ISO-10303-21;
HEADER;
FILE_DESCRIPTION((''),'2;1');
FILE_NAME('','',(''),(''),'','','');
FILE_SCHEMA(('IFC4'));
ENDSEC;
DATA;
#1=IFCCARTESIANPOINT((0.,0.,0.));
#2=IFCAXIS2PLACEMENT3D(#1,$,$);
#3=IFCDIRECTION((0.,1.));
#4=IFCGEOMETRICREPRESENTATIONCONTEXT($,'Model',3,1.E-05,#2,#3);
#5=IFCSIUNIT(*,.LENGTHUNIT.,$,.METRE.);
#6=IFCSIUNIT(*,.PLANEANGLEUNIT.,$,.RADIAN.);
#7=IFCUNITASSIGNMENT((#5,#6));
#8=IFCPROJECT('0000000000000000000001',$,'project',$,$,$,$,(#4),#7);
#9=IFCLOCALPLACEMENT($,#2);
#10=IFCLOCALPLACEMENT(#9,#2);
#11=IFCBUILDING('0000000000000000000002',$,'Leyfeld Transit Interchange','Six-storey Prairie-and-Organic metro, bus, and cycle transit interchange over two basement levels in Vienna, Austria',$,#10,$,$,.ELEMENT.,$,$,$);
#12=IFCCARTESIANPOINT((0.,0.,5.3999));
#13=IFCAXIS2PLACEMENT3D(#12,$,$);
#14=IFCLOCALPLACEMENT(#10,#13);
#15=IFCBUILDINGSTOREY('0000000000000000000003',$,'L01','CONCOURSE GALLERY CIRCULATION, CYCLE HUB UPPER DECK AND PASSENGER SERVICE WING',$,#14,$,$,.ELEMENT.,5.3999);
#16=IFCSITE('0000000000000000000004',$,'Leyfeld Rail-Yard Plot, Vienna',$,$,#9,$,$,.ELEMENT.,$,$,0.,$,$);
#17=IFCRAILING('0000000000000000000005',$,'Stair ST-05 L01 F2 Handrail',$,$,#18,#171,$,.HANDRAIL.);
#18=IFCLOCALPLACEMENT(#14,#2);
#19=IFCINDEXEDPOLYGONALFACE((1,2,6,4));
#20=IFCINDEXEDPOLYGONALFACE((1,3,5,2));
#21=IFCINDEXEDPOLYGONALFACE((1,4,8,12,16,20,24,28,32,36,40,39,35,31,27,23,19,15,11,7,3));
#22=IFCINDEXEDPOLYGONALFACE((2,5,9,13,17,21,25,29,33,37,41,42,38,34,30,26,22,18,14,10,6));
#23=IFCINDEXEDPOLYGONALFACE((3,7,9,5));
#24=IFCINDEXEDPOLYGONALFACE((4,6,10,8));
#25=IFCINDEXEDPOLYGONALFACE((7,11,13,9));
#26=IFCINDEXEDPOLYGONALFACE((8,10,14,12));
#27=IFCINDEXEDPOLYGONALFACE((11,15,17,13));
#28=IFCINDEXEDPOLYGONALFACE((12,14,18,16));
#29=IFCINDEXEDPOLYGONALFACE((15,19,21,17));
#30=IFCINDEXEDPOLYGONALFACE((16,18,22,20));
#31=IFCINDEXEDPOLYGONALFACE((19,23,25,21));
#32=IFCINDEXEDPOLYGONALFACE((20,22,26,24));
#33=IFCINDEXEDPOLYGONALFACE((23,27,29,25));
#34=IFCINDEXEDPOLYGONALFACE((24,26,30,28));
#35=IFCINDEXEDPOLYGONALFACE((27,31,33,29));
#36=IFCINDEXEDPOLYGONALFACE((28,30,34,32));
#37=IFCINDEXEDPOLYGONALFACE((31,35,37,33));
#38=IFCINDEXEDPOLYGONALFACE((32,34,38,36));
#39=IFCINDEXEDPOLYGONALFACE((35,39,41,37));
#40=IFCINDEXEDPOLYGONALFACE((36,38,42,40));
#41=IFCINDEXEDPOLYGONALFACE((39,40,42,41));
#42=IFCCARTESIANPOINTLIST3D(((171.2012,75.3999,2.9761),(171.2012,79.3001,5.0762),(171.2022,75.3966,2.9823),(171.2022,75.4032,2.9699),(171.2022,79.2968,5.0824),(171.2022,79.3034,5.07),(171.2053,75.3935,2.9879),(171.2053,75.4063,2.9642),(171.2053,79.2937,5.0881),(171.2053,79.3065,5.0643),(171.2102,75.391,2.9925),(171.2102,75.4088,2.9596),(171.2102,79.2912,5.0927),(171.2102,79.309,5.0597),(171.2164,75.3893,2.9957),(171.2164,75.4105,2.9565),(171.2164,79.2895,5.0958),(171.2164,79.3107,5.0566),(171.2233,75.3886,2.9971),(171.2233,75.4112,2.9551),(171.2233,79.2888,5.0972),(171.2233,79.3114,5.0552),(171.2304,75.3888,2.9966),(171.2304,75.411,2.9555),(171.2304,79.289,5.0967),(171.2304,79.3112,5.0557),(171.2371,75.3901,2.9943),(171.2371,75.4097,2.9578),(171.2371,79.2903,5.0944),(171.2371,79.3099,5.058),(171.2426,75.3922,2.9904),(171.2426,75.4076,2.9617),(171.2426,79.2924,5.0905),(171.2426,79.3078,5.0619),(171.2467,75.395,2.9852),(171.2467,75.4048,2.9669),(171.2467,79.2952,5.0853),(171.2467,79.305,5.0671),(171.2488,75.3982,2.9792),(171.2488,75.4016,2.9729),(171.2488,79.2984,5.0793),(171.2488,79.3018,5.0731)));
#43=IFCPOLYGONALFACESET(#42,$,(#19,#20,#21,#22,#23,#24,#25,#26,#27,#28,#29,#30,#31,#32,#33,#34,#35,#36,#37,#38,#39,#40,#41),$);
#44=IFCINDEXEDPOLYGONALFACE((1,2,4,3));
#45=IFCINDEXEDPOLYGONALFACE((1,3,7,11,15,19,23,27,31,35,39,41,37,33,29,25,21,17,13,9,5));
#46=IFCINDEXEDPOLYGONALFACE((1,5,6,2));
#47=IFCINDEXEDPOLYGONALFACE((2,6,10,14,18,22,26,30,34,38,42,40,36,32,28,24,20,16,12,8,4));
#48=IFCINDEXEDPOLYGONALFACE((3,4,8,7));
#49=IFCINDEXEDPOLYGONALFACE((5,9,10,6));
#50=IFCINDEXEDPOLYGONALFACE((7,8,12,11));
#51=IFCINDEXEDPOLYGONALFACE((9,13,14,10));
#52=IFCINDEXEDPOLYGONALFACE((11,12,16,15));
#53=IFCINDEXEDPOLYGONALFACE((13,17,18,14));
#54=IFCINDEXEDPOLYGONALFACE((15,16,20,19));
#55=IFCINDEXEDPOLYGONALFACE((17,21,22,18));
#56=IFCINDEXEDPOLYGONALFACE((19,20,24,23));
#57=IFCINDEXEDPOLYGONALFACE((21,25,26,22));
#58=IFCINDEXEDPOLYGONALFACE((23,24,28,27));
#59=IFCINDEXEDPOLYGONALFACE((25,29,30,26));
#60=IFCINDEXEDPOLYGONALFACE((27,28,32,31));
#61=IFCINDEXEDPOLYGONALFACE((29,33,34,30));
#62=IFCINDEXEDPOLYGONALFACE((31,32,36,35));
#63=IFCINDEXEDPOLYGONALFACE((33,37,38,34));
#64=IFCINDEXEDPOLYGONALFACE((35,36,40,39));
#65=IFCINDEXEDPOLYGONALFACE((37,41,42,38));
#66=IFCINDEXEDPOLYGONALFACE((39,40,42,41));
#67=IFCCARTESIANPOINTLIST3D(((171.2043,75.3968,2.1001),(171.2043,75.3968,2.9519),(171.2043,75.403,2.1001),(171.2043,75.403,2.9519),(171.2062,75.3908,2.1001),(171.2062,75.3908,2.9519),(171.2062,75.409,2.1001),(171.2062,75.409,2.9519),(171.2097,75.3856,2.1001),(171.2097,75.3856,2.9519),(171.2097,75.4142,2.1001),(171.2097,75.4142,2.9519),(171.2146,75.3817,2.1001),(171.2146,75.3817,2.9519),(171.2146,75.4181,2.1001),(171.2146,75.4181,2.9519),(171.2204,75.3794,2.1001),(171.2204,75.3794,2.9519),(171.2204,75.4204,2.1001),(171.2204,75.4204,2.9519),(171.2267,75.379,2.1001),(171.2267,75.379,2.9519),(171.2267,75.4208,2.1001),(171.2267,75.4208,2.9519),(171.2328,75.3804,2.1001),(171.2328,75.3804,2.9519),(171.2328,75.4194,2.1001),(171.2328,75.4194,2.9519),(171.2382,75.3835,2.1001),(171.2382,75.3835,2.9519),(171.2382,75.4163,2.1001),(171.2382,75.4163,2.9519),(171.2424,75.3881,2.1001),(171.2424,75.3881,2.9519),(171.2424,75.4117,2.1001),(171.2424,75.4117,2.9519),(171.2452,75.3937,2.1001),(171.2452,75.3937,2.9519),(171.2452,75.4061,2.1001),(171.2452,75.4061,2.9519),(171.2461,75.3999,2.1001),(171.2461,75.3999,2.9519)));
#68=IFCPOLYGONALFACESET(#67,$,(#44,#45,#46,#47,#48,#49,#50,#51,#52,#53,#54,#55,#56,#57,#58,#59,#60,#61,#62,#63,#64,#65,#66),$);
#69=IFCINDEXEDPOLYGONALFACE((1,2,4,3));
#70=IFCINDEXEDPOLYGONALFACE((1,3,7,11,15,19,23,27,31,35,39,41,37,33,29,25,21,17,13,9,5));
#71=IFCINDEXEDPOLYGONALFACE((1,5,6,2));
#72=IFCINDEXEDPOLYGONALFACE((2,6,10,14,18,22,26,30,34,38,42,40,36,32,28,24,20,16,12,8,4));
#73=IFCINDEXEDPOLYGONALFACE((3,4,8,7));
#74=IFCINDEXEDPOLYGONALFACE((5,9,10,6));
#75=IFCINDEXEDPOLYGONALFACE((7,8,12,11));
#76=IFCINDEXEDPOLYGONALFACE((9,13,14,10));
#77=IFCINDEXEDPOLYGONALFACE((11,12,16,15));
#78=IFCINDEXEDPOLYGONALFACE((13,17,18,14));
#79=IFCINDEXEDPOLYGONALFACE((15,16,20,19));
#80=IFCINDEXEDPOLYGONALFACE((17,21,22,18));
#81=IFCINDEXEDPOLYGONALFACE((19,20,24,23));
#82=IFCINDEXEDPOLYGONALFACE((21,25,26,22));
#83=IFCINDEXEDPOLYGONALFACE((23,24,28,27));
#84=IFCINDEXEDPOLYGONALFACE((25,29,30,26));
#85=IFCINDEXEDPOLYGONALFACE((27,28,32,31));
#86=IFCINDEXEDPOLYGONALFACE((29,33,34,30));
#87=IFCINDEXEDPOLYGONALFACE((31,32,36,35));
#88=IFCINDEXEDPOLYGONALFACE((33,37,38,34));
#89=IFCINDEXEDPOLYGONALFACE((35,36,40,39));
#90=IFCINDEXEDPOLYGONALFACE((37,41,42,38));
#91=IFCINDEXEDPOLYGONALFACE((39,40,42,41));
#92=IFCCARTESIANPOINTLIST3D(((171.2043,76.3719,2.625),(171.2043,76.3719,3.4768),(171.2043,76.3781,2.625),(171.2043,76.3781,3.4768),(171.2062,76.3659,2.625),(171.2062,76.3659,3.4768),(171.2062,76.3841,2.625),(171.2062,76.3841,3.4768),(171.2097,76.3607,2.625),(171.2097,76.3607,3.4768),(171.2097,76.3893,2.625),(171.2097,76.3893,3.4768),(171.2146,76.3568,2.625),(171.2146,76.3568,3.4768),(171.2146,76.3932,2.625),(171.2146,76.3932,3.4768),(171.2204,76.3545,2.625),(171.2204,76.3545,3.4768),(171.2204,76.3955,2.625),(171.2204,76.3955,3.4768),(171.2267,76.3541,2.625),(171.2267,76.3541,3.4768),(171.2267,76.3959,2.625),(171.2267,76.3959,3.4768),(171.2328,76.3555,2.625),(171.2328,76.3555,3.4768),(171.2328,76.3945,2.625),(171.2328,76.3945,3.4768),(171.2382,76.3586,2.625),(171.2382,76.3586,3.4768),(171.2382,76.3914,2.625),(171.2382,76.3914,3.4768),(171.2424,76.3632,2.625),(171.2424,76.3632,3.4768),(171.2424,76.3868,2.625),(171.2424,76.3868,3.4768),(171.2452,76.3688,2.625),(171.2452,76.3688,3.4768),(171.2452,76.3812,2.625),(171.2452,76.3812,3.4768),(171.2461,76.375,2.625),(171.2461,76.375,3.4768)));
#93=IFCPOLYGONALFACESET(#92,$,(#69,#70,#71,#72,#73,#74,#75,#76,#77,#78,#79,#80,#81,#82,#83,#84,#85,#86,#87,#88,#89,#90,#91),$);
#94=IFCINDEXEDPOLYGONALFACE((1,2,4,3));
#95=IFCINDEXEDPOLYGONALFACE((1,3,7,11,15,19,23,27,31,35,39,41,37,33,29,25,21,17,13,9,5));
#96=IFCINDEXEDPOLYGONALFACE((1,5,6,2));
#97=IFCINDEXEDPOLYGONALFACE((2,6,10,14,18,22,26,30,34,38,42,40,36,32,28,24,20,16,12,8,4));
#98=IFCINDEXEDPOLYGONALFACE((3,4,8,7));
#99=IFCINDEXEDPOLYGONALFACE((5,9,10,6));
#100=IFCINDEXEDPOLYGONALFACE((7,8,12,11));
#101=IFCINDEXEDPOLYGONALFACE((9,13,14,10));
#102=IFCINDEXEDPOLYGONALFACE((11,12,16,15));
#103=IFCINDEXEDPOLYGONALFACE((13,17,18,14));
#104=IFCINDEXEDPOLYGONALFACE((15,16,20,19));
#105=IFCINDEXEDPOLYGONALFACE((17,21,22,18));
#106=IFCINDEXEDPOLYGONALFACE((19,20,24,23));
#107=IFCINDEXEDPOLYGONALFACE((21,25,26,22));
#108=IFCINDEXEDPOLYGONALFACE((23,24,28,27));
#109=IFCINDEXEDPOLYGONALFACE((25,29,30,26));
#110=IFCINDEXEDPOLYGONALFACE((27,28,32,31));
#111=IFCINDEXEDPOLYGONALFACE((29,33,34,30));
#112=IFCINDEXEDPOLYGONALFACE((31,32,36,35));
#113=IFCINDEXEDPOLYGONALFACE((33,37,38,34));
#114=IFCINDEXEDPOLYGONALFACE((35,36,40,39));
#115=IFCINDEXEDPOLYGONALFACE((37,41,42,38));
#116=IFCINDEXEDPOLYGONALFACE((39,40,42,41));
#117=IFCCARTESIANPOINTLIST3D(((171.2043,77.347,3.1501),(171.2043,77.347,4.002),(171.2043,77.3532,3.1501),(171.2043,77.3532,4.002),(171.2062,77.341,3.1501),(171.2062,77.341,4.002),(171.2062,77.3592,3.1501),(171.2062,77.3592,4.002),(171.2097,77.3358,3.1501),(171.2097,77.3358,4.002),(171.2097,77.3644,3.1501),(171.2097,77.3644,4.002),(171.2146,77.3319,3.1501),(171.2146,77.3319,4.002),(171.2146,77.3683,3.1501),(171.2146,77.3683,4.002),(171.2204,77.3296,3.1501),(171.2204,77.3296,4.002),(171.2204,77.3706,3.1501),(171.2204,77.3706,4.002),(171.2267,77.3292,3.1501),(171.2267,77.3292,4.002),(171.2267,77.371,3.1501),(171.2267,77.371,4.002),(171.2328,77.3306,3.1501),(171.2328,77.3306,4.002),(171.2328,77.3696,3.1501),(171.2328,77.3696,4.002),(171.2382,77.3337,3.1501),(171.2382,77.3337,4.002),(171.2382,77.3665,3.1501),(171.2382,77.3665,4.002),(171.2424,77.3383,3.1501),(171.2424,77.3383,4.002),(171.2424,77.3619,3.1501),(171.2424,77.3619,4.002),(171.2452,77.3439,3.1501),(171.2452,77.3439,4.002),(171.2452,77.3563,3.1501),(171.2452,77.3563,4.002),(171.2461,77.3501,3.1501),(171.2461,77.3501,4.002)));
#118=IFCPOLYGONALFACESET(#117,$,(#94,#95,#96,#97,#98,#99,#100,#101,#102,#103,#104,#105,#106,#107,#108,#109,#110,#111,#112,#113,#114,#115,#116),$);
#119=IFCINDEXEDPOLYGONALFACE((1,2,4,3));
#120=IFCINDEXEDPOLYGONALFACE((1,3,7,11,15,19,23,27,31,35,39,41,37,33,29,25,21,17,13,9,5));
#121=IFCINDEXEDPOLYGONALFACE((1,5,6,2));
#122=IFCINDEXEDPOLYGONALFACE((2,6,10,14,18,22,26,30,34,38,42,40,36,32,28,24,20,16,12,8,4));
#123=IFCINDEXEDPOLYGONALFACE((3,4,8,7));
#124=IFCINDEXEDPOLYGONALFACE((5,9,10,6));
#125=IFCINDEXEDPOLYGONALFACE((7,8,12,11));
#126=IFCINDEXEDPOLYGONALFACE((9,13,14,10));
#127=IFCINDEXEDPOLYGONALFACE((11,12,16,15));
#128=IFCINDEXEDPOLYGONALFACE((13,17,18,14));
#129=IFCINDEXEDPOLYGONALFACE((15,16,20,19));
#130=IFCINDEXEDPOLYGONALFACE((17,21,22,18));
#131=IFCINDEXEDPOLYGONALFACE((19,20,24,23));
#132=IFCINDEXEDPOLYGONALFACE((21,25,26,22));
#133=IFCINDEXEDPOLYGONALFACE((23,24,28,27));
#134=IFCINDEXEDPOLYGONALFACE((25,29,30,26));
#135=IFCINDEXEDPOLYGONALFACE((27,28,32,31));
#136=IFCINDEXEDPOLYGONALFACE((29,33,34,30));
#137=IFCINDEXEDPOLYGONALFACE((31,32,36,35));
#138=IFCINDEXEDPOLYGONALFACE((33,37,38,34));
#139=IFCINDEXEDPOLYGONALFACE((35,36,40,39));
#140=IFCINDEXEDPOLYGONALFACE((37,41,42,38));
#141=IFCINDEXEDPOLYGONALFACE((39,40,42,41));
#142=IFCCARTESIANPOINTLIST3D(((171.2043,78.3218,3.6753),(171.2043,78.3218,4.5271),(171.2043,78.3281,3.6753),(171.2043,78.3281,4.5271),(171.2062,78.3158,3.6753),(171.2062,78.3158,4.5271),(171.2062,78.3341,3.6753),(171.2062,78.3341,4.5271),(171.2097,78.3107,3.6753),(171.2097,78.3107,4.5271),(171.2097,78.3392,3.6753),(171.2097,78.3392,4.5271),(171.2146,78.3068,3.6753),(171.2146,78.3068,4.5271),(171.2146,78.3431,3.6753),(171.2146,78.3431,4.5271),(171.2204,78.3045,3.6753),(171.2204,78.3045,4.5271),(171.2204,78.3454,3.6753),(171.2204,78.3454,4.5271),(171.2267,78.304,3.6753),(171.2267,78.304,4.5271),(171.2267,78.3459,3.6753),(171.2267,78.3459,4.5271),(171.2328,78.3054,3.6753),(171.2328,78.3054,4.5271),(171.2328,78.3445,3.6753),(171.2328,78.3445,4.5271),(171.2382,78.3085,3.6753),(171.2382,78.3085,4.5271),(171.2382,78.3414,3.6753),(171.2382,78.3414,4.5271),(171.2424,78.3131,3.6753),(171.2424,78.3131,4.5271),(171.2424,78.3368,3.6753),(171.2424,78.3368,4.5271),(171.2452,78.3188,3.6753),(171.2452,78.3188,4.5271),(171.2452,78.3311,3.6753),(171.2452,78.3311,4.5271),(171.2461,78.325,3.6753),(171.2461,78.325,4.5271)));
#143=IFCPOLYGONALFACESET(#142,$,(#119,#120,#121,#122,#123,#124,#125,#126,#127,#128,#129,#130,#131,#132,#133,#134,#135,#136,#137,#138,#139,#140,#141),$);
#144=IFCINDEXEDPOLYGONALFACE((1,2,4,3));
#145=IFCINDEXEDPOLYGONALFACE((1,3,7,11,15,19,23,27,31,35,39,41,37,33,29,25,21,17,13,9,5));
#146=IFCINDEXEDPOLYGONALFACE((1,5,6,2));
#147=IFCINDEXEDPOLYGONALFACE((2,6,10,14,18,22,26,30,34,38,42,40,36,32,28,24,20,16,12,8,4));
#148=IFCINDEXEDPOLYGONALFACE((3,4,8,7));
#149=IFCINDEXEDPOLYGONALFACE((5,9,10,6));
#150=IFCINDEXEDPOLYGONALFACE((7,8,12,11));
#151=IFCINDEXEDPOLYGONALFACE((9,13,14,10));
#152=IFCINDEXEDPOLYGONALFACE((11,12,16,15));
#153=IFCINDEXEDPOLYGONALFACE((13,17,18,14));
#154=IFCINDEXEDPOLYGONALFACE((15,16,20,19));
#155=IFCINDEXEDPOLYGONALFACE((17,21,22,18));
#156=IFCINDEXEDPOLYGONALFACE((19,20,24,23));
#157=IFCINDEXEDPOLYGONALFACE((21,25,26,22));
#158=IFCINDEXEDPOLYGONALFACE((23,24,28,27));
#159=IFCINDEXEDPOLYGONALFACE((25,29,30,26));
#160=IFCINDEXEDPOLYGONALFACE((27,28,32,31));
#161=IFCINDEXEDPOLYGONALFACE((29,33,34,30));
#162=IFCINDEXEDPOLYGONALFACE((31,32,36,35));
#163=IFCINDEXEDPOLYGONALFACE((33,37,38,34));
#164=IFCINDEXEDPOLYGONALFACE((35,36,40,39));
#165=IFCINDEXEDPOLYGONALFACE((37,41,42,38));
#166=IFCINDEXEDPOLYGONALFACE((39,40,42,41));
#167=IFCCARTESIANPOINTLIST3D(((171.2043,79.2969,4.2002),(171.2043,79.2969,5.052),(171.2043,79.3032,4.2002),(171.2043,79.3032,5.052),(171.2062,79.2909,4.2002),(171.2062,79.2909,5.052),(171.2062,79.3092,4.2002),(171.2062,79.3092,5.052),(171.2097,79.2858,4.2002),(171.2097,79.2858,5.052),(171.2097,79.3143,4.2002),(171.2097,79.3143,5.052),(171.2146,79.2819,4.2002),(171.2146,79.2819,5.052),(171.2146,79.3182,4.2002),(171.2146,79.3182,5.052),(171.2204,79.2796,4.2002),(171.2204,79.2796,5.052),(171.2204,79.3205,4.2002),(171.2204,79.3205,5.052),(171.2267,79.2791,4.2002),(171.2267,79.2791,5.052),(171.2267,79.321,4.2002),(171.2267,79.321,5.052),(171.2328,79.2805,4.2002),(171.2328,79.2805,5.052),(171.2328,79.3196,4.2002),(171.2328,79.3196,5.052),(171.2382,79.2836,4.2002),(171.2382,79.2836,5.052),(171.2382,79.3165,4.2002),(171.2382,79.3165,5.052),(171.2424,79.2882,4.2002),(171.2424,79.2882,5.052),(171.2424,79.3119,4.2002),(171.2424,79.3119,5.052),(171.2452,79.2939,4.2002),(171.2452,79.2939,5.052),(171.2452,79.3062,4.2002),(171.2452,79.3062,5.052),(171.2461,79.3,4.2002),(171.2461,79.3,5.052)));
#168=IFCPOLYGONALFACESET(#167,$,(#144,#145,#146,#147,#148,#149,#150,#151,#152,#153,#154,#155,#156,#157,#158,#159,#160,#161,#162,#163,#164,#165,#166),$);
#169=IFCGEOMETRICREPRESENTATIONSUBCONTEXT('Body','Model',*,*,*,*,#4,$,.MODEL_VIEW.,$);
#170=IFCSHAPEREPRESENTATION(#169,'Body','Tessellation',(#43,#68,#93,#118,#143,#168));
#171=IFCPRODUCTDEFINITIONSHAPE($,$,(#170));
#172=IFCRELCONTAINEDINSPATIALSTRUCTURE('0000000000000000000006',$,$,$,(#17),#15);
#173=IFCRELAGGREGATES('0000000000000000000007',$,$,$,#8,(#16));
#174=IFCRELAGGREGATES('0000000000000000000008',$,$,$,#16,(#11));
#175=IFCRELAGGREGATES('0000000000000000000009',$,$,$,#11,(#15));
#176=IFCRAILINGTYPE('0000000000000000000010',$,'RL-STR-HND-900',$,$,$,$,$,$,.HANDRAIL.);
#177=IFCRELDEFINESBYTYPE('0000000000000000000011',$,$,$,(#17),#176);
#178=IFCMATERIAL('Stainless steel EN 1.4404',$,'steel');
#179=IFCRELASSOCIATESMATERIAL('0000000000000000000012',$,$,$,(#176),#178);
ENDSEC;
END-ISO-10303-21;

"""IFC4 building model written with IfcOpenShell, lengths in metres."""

from ifc_helpers import new_model, si_unit, direction, frame, origin, origin_2d, place, context, subcontext, project, spatial, circle, extrude, material, type_object, element, save


model = new_model("IFC4")

# Units and contexts
model_context = context("Model", 3, precision=1e-05, world=origin(), true_north=direction((0.0, 1.0)))
body_context = subcontext(model_context, "Body", "Model", "MODEL_VIEW")
ifc_project = project(units=[si_unit("LENGTHUNIT", "METRE"), si_unit("PLANEANGLEUNIT", "RADIAN")], contexts=[model_context])

# Site, building, storey
site_placement = place(None, origin())
site = spatial("IfcSite", under=ifc_project, at=site_placement, Name="Leyfeld Rail-Yard Plot, Vienna", CompositionType="ELEMENT", RefElevation=0.0)
building_placement = place(site_placement, origin())
building = spatial("IfcBuilding", under=site, at=building_placement, Name="Leyfeld Transit Interchange", Description="Six-storey Prairie-and-Organic metro, bus, and cycle transit interchange over two basement levels in Vienna, Austria", CompositionType="ELEMENT")
storey_placement = place(building_placement, frame((0.0, 0.0, 5.3999)))
storey = spatial("IfcBuildingStorey", under=building, at=storey_placement, Name="L01", Description="CONCOURSE GALLERY CIRCULATION, CYCLE HUB UPPER DECK AND PASSENGER SERVICE WING", CompositionType="ELEMENT", Elevation=5.3999)

# Railing
ifc_material_1 = material(Name="Stainless steel EN 1.4404", Category="steel")
railing_type_1 = type_object("IfcRailingType", Name="RL-STR-HND-900", PredefinedType="HANDRAIL", material=ifc_material_1)
railing_1_placement = place(storey_placement, frame((171.2251, 75.3999, 2.1001)))
element("IfcRailing", 1, at=railing_1_placement, inside=storey, type_object=railing_type_1, Name="Stair ST-05 L01 F2 Handrail", PredefinedType="HANDRAIL", context=body_context, shape_type="SweptSolid", body=[
    extrude(circle(Radius=0.0239, at=origin_2d()), frame((0.0, 0.0, 0.876), z_axis=(0.0, 0.880469, 0.474103), x_axis=(-1.0, 0.0, 0.0)), (0.0, 0.0, 1.0), 4.4297),
    extrude(circle(Radius=0.021, at=origin_2d()), origin(), (0.0, 0.0, 1.0), 0.8518),
    extrude(circle(Radius=0.021, at=origin_2d()), frame((0.0, 0.9751, 0.5249)), (0.0, 0.0, 1.0), 0.8518),
    extrude(circle(Radius=0.021, at=origin_2d()), frame((0.0, 1.9502, 1.05)), (0.0, 0.0, 1.0), 0.8518),
    extrude(circle(Radius=0.021, at=origin_2d()), frame((0.0, 2.925, 1.5752)), (0.0, 0.0, 1.0), 0.8518),
    extrude(circle(Radius=0.021, at=origin_2d()), frame((0.0, 3.9001, 2.1001)), (0.0, 0.0, 1.0), 0.8518),
])

save(model, "model.ifc")
